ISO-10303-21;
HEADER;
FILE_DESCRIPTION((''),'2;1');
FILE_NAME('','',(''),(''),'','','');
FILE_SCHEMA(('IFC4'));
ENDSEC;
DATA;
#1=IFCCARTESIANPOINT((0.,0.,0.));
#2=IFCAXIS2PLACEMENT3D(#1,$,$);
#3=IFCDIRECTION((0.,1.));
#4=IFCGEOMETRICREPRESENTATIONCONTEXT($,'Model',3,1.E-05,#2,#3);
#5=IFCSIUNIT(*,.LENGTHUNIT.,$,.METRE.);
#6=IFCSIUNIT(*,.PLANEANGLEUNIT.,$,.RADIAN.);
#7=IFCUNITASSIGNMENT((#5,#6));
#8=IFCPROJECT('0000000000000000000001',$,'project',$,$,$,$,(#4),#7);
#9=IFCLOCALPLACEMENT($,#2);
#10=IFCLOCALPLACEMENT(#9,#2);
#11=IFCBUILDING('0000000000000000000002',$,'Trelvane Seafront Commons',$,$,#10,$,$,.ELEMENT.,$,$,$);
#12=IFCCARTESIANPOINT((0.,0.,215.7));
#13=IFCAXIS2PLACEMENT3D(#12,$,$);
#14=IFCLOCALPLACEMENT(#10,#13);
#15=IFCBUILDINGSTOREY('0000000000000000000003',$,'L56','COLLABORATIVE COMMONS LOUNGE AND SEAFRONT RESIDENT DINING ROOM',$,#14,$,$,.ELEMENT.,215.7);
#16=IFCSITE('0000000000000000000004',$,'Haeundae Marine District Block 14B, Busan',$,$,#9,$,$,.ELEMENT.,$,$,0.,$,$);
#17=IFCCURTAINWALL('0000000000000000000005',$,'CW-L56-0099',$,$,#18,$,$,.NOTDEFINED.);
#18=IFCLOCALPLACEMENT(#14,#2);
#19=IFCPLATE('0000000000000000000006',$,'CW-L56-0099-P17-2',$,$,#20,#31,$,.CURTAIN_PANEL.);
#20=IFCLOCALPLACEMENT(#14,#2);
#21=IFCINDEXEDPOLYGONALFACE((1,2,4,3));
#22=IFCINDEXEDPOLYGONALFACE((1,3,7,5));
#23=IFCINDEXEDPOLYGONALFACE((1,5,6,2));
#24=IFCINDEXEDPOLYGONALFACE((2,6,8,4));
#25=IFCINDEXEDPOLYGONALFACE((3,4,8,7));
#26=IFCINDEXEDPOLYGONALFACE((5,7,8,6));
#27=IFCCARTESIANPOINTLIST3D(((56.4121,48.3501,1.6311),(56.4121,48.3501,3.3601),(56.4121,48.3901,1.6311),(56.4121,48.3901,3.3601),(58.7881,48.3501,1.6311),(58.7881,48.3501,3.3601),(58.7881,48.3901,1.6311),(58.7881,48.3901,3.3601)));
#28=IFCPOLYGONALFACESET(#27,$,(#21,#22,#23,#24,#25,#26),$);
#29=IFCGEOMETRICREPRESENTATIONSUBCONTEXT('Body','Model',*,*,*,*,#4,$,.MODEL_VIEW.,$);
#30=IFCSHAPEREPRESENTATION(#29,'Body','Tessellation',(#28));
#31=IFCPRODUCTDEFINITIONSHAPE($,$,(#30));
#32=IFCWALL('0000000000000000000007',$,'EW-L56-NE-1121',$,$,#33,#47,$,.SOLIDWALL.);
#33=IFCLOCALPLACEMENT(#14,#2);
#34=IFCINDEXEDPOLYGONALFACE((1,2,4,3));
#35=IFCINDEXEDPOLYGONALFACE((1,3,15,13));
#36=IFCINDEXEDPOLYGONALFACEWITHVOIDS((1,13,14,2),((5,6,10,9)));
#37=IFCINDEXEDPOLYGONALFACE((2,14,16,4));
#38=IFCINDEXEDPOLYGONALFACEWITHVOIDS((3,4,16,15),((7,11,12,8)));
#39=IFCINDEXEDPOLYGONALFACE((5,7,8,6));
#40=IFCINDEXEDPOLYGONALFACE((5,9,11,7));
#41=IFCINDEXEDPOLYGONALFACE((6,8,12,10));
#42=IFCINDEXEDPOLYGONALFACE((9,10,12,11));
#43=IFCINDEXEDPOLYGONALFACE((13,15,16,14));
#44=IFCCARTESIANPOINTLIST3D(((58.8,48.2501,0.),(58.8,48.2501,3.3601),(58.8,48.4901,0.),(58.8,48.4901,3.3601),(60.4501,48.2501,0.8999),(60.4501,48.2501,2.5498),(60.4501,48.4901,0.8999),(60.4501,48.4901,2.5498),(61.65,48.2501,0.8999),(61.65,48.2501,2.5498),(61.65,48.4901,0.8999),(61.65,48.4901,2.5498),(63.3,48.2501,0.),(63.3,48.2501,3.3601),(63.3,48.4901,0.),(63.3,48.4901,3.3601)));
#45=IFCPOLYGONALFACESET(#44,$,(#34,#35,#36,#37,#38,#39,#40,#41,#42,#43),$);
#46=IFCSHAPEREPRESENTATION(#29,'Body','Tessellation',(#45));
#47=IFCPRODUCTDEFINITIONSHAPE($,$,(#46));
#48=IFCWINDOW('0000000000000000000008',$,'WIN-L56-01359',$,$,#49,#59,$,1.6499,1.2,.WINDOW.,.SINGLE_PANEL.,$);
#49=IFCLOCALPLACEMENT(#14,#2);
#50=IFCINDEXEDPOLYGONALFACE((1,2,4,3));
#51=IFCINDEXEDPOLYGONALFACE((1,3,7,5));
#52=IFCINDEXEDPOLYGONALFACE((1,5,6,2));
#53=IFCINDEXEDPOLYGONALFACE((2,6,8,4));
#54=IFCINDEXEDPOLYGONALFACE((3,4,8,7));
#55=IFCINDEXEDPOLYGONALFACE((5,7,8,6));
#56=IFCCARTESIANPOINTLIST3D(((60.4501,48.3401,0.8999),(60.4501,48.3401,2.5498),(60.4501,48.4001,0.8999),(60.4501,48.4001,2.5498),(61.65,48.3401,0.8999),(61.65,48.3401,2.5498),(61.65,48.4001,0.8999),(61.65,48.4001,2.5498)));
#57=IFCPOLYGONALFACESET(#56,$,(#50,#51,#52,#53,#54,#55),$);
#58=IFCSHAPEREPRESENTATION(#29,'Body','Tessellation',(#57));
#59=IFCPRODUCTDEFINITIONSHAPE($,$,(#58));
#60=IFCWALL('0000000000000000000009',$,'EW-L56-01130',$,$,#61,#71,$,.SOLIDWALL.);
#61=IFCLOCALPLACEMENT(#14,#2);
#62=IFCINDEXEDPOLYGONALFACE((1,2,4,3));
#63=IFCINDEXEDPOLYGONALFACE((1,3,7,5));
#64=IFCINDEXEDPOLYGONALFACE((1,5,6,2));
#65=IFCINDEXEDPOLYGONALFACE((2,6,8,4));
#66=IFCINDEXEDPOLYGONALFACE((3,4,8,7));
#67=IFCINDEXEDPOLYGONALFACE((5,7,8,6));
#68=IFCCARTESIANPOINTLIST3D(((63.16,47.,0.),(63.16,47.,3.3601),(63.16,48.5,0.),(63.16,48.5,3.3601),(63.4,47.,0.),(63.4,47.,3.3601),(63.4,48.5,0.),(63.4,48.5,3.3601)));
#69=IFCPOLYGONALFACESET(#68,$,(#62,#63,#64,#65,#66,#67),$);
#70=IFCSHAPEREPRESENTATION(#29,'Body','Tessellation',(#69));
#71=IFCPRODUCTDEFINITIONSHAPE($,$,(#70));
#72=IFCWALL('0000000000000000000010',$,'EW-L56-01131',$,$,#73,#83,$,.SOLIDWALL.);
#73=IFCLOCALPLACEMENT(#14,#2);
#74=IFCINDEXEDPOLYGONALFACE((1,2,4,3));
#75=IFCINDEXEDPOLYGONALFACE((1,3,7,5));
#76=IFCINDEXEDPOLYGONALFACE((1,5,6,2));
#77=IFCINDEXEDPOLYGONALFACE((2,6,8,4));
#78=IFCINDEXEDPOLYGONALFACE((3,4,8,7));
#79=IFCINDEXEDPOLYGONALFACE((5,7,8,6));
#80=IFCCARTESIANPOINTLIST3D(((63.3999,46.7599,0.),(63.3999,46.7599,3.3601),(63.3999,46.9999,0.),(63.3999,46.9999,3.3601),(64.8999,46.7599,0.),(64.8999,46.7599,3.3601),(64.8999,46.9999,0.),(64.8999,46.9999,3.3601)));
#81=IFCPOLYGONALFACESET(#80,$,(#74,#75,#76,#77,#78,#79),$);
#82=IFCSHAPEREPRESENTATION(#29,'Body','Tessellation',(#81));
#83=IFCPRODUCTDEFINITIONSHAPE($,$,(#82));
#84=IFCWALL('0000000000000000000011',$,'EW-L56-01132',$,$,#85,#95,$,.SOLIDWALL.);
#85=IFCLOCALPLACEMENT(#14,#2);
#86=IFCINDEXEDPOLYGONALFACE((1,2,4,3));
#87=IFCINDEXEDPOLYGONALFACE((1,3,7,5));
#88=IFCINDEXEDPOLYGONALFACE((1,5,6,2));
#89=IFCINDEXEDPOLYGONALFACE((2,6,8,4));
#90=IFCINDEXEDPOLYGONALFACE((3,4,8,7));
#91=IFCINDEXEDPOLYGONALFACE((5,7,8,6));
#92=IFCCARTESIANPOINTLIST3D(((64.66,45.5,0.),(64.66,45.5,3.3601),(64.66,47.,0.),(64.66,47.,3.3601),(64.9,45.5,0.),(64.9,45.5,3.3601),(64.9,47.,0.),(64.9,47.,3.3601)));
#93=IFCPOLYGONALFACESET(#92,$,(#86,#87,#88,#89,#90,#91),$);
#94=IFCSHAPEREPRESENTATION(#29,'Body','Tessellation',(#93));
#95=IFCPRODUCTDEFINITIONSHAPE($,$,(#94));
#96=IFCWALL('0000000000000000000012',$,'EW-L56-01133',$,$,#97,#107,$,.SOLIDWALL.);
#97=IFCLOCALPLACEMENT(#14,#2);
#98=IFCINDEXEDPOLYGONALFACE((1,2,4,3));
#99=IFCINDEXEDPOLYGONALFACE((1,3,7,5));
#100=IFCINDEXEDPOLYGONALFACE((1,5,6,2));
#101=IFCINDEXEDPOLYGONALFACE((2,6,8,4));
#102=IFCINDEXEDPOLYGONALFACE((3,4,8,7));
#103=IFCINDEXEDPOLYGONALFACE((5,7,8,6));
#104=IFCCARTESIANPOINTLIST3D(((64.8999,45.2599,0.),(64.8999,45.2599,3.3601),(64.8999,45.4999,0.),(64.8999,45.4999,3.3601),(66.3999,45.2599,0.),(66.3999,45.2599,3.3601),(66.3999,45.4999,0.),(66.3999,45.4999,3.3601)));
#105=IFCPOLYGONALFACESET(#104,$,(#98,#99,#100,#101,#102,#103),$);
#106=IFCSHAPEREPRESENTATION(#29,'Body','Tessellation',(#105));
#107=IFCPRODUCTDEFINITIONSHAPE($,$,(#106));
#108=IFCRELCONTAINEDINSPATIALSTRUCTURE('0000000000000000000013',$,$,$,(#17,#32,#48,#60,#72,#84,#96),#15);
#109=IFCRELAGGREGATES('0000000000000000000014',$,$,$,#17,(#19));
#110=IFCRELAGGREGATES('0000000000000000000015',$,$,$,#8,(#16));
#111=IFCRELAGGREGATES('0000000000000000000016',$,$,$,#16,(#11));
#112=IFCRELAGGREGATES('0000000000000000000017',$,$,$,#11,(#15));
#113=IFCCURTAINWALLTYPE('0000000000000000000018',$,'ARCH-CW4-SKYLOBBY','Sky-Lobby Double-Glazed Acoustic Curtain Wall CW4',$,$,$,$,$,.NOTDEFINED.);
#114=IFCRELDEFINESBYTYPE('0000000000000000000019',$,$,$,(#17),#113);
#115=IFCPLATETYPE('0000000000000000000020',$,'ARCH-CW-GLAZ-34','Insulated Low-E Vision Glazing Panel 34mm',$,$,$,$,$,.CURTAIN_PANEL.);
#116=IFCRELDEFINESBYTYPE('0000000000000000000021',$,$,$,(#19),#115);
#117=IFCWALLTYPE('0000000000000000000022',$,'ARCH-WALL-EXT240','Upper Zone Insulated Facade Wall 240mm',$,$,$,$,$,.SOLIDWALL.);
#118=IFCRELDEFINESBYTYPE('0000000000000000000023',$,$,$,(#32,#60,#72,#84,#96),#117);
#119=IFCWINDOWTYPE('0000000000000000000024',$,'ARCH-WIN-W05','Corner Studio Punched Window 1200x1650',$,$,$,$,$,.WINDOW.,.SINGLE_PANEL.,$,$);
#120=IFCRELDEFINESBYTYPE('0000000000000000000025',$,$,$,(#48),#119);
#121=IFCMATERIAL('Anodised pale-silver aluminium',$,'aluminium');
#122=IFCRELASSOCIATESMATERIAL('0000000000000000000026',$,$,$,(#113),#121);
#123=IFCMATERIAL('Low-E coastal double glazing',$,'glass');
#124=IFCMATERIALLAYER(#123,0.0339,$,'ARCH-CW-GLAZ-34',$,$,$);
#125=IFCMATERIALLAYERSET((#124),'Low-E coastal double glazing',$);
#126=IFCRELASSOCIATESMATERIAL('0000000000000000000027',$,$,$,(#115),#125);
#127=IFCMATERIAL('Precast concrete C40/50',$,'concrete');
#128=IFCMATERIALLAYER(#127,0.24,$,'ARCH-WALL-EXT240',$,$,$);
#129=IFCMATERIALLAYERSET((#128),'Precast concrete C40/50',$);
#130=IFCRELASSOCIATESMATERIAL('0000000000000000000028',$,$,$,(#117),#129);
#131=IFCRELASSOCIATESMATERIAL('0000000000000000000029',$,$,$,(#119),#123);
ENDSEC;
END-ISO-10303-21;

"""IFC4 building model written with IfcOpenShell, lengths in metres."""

from ifc_helpers import new_model, si_unit, direction, frame, frame_2d, origin, origin_2d, place, context, subcontext, project, spatial, rectangle, extrude, source, transform, mapped, material, layer, layer_set, type_object, element, fill, aggregate, save


model = new_model("IFC4")

# Units and contexts
model_context = context("Model", 3, precision=1e-05, world=origin(), true_north=direction((0.0, 1.0)))
body_context = subcontext(model_context, "Body", "Model", "MODEL_VIEW")
ifc_project = project(units=[si_unit("LENGTHUNIT", "METRE"), si_unit("PLANEANGLEUNIT", "RADIAN")], contexts=[model_context])

# Site, building, storey
site_placement = place(None, origin())
site = spatial("IfcSite", under=ifc_project, at=site_placement, Name="Haeundae Marine District Block 14B, Busan", CompositionType="ELEMENT", RefElevation=0.0)
building_placement = place(site_placement, origin())
building = spatial("IfcBuilding", under=site, at=building_placement, Name="Trelvane Seafront Commons", CompositionType="ELEMENT")
storey_placement = place(building_placement, frame((0.0, 0.0, 215.7)))
storey = spatial("IfcBuildingStorey", under=building, at=storey_placement, Name="L56", Description="COLLABORATIVE COMMONS LOUNGE AND SEAFRONT RESIDENT DINING ROOM", CompositionType="ELEMENT", Elevation=215.7)

# Curtain wall
ifc_material_1 = material(Name="Anodised pale-silver aluminium", Category="aluminium")
curtain_wall_type = type_object("IfcCurtainWallType", Name="ARCH-CW4-SKYLOBBY", Description="Sky-Lobby Double-Glazed Acoustic Curtain Wall CW4", PredefinedType="NOTDEFINED", material=ifc_material_1)
curtain_wall_placement = place(storey_placement, origin())
curtain_wall = element("IfcCurtainWall", 1, at=curtain_wall_placement, inside=storey, type_object=curtain_wall_type, Name="CW-L56-0099", PredefinedType="NOTDEFINED")

# Plate
ifc_material_2 = material(Name="Low-E coastal double glazing", Category="glass")
ifc_layer_1 = layer(ifc_material_2, 0.0339, Name="ARCH-CW-GLAZ-34")
ifc_layer_set_1 = layer_set([ifc_layer_1], Name="Low-E coastal double glazing")
plate_type_1 = type_object("IfcPlateType", Name="ARCH-CW-GLAZ-34", Description="Insulated Low-E Vision Glazing Panel 34mm", PredefinedType="CURTAIN_PANEL", material=ifc_layer_set_1)
shared_shape_1 = source(origin(), body_context, "Body", "SweptSolid", [
    extrude(rectangle(XDim=2.376, YDim=0.04, at=origin_2d()), origin(), (0.0, 0.0, 1.0), 1.729),
])
plate_1_placement = place(storey_placement, frame((57.6001, 48.3701, 1.6311), z_axis=(0.0, 0.0, 1.0), x_axis=(1.0, 0.0, 0.0)))
plate_1 = element("IfcPlate", 2, at=plate_1_placement, type_object=plate_type_1, Name="CW-L56-0099-P17-2", PredefinedType="CURTAIN_PANEL", context=body_context, shape_type="MappedRepresentation", body=[
    mapped(shared_shape_1, transform((0.0, 0.0, 0.0), x_axis=(1.0, 0.0, 0.0), y_axis=(0.0, 1.0, 0.0), z_axis=(0.0, 0.0, 1.0), scale=1.0)),
])
aggregate(curtain_wall, [plate_1])

# Wall, opening, window
ifc_material_3 = material(Name="Precast concrete C40/50", Category="concrete")
ifc_layer_2 = layer(ifc_material_3, 0.24, Name="ARCH-WALL-EXT240")
ifc_layer_set_2 = layer_set([ifc_layer_2], Name="Precast concrete C40/50")
wall_type_1 = type_object("IfcWallType", Name="ARCH-WALL-EXT240", Description="Upper Zone Insulated Facade Wall 240mm", PredefinedType="SOLIDWALL", material=ifc_layer_set_2)
wall_1_placement = place(storey_placement, frame((58.8, 48.3701, 0.0), z_axis=(0.0, 0.0, 1.0), x_axis=(1.0, 0.0, 0.0)))
wall_1 = element("IfcWall", 3, at=wall_1_placement, inside=storey, type_object=wall_type_1, Name="EW-L56-NE-1121", PredefinedType="SOLIDWALL", context=body_context, shape_type="SweptSolid", body=[
    extrude(rectangle(XDim=4.5, YDim=0.24, at=frame_2d((2.25, 0.0))), origin(), (0.0, 0.0, 1.0), 3.3601),
])
opening_1_placement = place(wall_1_placement, frame((1.6499, 0.0, 0.8999)))
opening_1 = element("IfcOpeningElement", 4, at=opening_1_placement, cuts=wall_1, PredefinedType="OPENING", context=body_context, shape_type="SweptSolid", body=[
    extrude(rectangle(XDim=1.2, YDim=1.6499, at=frame_2d((0.6001, 0.825))), frame((0.0, 0.1299, 0.0), z_axis=(0.0, -1.0, 0.0), x_axis=(1.0, 0.0, 0.0)), (0.0, 0.0, 1.0), 0.26),
])
window_type_1 = type_object("IfcWindowType", Name="ARCH-WIN-W05", Description="Corner Studio Punched Window 1200x1650", PartitioningType="SINGLE_PANEL", PredefinedType="WINDOW", material=ifc_material_2)
shared_shape_2 = source(origin(), body_context, "Body", "SweptSolid", [
    extrude(rectangle(XDim=1.2, YDim=1.6499, at=frame_2d((0.6001, 0.825))), frame((0.0, 0.03, 0.0), z_axis=(0.0, -1.0, 0.0), x_axis=(1.0, 0.0, 0.0)), (0.0, 0.0, 1.0), 0.0601),
])
window_1_placement = place(opening_1_placement, origin())
window_1 = element("IfcWindow", 5, at=window_1_placement, inside=storey, type_object=window_type_1, Name="WIN-L56-01359", OverallHeight=1.6499, OverallWidth=1.2, PartitioningType="SINGLE_PANEL", PredefinedType="WINDOW", context=body_context, shape_type="MappedRepresentation", body=[
    mapped(shared_shape_2, transform((0.0, 0.0, 0.0), x_axis=(1.0, 0.0, 0.0), y_axis=(0.0, 1.0, 0.0), z_axis=(0.0, 0.0, 1.0), scale=1.0)),
])
fill(opening_1, window_1)

# Walls
for number, where, z_axis, x_axis, name in (
    (6, (63.28, 48.5, 0.0), (0.0, 0.0, 1.0), (0.0, -1.0, 0.0), "EW-L56-01130"),
    (7, (63.3999, 46.8799, 0.0), (0.0, 0.0, 1.0), (1.0, 0.0, 0.0), "EW-L56-01131"),
    (8, (64.78, 47.0, 0.0), (0.0, 0.0, 1.0), (0.0, -1.0, 0.0), "EW-L56-01132"),
    (9, (64.8999, 45.3799, 0.0), (0.0, 0.0, 1.0), (1.0, 0.0, 0.0), "EW-L56-01133"),
):
    element("IfcWall", number, at=place(storey_placement, frame(where, z_axis=z_axis, x_axis=x_axis)), inside=storey, type_object=wall_type_1, Name=name, PredefinedType="SOLIDWALL", context=body_context, shape_type="SweptSolid", body=[
        extrude(rectangle(XDim=1.5, YDim=0.24, at=frame_2d((0.75, 0.0))), origin(), (0.0, 0.0, 1.0), 3.3601),
    ])

save(model, "model.ifc")
